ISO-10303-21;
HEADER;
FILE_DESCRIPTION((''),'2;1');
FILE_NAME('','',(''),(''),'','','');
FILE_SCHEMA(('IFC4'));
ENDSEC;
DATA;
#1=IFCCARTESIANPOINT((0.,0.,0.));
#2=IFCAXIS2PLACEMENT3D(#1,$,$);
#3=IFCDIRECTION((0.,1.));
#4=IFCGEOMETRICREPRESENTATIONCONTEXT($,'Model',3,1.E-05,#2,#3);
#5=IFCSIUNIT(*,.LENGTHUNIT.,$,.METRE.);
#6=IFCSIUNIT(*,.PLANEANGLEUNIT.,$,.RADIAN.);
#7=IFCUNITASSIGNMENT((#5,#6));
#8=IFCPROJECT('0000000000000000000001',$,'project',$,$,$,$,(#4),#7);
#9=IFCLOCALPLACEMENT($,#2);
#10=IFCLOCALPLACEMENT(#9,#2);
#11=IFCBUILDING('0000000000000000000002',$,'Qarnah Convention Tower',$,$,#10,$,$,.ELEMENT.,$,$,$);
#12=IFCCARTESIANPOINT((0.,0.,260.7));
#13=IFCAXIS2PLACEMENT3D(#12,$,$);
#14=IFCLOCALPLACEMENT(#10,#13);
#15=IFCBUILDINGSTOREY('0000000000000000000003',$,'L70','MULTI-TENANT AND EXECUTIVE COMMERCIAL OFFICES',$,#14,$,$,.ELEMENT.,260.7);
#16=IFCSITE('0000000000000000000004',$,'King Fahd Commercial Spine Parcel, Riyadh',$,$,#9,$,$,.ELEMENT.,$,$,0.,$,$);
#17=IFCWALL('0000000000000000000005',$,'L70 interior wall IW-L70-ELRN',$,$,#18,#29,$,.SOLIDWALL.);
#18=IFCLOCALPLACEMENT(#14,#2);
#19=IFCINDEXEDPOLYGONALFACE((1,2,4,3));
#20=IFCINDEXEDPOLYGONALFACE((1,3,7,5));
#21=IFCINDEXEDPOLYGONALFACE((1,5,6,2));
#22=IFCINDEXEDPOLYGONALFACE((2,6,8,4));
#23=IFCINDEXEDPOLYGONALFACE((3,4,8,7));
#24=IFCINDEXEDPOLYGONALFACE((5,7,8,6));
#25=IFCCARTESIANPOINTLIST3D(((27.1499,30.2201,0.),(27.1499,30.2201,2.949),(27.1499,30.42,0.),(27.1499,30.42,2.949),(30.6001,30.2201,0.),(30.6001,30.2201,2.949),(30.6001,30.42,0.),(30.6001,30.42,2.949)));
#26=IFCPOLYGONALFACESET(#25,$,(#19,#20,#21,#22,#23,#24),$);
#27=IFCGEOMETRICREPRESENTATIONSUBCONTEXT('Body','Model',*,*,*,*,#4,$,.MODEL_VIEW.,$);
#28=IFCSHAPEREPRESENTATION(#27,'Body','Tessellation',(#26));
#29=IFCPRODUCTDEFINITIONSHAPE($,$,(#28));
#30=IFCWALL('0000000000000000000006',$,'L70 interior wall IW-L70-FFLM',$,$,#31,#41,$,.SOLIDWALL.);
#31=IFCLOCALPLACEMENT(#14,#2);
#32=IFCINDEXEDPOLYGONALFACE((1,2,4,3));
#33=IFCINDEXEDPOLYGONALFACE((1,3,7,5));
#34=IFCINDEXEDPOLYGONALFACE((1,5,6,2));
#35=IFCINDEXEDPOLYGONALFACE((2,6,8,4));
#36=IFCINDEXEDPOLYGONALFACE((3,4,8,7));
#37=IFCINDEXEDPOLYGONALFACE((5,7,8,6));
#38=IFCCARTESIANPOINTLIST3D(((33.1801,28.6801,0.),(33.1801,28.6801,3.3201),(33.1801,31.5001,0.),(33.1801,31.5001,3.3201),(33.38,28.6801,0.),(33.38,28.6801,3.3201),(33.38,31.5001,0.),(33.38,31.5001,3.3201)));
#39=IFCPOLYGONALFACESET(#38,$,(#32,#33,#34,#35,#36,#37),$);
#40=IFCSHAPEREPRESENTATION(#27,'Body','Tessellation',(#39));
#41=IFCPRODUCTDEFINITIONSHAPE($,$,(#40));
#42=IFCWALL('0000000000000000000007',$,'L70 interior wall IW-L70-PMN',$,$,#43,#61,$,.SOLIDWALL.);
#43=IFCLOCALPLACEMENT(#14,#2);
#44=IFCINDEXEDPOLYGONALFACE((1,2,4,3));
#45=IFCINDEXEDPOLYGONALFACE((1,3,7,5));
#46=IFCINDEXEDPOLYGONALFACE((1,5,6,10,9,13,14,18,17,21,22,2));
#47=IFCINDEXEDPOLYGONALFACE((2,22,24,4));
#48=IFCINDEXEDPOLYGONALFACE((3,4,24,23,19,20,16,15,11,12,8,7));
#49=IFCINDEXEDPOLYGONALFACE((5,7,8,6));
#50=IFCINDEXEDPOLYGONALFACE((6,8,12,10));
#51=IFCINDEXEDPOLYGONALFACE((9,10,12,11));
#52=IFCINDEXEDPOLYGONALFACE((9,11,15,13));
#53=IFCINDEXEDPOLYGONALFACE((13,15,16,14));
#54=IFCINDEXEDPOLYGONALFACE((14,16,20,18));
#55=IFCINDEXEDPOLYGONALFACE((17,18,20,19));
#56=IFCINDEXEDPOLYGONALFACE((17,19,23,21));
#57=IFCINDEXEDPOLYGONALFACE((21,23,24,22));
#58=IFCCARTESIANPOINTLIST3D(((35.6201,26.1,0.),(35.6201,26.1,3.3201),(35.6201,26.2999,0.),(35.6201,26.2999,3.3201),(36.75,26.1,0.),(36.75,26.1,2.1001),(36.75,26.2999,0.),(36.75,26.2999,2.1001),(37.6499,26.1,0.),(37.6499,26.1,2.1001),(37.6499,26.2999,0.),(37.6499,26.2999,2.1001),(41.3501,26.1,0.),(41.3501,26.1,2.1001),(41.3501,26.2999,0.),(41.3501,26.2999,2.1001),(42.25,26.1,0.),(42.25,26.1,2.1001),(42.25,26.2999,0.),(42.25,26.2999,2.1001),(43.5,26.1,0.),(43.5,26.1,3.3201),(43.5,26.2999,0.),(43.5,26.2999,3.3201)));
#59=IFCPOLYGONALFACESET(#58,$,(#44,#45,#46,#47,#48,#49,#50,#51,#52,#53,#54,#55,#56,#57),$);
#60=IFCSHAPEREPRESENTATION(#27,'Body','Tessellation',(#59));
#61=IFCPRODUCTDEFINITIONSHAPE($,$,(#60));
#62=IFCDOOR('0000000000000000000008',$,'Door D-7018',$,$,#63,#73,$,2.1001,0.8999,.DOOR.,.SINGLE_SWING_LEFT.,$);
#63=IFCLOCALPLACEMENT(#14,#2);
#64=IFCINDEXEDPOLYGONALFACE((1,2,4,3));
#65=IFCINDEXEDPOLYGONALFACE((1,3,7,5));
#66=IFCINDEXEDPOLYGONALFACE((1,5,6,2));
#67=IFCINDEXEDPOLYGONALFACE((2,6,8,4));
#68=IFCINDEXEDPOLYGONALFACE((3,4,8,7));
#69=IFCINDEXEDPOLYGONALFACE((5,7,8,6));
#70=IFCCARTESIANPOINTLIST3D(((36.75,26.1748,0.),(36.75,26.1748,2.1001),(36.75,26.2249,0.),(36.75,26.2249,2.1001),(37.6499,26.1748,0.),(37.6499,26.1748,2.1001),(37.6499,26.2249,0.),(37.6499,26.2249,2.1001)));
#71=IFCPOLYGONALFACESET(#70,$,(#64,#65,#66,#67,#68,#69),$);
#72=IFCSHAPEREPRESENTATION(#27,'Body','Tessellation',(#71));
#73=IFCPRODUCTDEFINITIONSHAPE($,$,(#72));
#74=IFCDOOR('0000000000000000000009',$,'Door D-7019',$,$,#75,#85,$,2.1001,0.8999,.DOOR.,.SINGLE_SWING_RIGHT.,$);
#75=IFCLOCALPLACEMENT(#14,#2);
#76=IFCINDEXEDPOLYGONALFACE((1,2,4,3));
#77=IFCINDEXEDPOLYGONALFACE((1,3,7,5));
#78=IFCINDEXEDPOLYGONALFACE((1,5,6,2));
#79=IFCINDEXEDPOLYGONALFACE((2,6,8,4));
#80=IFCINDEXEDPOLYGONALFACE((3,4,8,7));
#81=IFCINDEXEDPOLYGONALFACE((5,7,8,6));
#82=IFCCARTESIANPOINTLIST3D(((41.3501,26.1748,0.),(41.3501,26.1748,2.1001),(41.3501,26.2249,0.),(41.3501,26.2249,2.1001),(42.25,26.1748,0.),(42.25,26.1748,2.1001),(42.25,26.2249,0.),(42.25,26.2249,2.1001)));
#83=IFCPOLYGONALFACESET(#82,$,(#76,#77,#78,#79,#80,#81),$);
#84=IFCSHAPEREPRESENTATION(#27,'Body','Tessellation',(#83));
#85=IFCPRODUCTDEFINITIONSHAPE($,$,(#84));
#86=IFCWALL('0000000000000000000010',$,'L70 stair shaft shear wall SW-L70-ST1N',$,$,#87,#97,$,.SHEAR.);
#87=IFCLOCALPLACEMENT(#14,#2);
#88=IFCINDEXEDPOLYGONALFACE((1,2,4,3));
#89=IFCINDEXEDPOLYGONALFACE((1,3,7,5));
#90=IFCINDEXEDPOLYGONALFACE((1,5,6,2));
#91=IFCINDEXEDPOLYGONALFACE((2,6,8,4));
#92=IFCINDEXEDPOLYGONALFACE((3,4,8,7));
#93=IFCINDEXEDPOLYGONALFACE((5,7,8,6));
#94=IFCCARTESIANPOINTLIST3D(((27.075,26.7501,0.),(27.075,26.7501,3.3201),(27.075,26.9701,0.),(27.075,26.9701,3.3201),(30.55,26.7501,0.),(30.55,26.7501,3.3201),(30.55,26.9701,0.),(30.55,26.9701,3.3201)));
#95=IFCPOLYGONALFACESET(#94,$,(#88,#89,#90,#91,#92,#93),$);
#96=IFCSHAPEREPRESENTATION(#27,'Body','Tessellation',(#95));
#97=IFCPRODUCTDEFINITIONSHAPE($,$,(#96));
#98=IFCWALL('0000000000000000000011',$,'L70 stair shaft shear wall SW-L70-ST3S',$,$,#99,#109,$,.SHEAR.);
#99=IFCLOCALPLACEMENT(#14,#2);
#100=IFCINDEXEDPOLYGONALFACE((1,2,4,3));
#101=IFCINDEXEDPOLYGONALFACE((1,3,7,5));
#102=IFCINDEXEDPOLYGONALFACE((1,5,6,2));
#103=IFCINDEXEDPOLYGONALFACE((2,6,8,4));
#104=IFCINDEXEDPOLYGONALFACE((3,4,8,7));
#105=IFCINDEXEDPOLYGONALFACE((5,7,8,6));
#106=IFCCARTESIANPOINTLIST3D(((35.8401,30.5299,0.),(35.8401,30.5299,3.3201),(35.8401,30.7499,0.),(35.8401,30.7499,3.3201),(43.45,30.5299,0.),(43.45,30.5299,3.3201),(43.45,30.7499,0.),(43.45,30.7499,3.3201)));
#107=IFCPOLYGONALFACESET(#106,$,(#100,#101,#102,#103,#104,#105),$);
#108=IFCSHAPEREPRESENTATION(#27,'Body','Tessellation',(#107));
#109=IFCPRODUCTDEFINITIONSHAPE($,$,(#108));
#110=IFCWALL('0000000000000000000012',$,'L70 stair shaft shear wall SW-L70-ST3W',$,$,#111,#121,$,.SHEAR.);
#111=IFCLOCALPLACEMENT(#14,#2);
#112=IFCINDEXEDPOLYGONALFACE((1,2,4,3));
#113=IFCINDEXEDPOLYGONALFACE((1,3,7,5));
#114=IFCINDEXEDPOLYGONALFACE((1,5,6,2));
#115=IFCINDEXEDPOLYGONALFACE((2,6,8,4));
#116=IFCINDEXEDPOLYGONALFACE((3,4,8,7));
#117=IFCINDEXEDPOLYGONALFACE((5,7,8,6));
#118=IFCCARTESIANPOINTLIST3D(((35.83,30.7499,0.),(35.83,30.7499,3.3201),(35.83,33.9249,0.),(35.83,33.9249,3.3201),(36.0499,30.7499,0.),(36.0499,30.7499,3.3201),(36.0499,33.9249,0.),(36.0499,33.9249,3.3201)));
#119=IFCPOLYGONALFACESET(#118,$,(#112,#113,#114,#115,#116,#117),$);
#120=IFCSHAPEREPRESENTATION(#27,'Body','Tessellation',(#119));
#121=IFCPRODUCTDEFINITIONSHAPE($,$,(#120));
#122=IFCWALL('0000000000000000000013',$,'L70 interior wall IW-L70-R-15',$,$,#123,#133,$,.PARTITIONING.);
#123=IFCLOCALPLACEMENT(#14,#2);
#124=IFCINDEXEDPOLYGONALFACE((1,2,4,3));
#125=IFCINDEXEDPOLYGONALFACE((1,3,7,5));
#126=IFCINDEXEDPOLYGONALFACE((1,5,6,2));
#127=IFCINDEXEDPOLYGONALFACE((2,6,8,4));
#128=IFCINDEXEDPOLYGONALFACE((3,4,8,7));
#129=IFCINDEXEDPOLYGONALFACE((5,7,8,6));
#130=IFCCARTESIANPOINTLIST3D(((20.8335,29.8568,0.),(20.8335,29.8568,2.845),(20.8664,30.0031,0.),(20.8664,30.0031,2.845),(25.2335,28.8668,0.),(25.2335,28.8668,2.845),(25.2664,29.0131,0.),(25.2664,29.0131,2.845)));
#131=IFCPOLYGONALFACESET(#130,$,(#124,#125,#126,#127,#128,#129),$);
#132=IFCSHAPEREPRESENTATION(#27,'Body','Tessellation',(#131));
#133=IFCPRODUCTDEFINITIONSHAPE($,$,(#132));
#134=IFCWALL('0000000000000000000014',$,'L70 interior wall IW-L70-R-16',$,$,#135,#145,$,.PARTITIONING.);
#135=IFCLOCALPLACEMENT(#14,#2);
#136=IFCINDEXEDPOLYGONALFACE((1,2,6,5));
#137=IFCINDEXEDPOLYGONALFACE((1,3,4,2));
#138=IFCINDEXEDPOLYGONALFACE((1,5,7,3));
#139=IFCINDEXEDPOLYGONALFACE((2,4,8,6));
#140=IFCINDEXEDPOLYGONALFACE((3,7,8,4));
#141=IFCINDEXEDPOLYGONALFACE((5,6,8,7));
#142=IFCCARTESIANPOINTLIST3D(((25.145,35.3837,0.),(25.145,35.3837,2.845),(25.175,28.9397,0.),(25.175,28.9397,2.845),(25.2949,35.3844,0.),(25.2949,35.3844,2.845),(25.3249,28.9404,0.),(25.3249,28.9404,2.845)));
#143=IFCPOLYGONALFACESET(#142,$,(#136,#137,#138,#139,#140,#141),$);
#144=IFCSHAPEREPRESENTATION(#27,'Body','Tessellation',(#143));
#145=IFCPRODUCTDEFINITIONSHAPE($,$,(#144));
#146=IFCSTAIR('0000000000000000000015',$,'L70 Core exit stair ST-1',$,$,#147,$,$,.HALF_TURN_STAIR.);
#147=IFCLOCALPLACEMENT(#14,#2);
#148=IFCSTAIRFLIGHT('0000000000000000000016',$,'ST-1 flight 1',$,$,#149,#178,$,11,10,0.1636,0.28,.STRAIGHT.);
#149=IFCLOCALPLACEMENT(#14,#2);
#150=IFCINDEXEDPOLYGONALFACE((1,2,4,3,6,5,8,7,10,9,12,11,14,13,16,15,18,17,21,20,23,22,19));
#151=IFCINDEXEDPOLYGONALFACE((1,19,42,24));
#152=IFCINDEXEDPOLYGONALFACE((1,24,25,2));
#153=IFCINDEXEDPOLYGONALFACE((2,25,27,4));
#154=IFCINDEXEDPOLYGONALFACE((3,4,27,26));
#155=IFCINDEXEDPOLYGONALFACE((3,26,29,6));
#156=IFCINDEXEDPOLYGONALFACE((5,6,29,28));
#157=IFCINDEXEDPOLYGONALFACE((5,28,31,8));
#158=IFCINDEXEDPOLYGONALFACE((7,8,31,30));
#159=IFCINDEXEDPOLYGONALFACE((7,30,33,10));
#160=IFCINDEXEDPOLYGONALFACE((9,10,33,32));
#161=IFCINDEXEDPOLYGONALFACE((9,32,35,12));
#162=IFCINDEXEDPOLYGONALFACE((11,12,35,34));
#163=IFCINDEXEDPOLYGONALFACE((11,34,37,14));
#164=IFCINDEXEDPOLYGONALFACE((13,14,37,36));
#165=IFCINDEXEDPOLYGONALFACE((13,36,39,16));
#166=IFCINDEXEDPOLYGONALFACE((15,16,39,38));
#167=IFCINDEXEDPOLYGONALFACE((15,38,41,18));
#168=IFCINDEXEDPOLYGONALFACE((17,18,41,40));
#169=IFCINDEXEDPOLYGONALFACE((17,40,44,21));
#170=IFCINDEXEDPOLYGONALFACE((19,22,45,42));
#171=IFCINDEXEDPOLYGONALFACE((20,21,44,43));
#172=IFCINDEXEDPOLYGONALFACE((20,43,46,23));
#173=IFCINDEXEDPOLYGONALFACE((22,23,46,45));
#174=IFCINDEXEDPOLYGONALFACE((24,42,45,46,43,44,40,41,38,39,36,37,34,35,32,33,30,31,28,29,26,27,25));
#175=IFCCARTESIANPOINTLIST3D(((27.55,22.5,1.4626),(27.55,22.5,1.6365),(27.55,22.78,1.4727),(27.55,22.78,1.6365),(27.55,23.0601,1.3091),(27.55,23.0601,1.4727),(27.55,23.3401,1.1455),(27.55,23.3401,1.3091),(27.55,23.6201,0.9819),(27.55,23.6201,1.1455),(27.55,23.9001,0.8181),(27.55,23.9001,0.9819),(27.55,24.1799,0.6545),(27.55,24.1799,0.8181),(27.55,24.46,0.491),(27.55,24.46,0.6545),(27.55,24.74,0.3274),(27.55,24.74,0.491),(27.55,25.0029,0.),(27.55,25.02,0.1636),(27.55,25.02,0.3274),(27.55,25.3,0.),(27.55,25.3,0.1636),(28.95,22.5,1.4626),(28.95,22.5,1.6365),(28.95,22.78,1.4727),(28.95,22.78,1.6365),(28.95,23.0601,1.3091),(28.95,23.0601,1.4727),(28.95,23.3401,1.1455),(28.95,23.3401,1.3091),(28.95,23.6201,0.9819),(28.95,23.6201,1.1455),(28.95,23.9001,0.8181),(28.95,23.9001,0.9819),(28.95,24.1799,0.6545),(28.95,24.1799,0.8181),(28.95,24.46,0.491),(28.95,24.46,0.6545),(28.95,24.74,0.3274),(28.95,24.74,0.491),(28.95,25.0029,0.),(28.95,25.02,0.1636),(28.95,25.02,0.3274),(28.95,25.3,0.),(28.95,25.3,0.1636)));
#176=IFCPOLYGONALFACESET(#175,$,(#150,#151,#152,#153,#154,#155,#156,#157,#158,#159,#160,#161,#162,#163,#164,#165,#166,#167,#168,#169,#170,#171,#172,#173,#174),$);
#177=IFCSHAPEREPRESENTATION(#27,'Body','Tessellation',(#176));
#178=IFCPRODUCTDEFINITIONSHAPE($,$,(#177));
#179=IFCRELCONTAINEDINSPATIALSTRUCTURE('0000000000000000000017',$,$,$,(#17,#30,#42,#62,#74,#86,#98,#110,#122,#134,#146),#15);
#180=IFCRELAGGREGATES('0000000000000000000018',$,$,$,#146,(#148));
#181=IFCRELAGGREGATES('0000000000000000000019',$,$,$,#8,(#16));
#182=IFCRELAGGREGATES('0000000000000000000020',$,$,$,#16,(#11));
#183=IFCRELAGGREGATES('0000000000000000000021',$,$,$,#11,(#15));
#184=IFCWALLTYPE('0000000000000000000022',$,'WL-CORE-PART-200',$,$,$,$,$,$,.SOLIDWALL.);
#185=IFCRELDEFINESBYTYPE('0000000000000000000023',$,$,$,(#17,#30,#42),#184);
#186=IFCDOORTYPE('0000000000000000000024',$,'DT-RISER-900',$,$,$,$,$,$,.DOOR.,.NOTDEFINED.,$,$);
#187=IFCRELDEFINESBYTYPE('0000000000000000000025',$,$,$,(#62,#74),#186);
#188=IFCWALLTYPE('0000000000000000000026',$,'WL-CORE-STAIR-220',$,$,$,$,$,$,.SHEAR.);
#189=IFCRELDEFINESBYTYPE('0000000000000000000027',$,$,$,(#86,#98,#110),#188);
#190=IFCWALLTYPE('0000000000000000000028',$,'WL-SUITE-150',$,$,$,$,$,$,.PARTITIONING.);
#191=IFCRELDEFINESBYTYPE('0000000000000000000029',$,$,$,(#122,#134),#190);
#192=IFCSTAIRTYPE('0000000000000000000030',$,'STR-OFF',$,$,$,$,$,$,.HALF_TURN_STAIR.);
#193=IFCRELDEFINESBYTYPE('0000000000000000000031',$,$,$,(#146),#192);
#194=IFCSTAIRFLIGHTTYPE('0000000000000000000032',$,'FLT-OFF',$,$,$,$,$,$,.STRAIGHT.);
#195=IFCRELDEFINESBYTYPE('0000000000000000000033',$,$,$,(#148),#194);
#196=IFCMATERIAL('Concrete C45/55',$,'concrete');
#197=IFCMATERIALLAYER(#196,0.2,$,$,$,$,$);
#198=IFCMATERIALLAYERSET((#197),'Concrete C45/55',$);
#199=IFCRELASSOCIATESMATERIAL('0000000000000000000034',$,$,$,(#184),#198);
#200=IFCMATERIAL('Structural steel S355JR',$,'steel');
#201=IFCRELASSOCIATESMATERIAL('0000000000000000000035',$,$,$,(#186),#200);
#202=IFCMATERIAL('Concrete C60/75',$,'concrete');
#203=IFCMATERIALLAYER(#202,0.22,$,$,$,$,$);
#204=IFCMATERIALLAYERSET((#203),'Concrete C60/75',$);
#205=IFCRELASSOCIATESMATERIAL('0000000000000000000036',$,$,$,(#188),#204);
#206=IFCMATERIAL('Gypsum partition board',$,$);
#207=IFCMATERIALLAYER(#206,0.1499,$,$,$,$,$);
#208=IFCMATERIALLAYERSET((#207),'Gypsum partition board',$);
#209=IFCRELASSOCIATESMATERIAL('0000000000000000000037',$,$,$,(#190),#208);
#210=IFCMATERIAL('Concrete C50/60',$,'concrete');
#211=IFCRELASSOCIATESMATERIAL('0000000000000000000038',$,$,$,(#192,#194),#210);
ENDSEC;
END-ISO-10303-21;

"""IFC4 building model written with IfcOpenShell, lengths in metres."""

from ifc_helpers import new_model, si_unit, direction, frame, frame_2d, origin, place, context, subcontext, project, spatial, polyline, rectangle, outline, extrude, material, layer, layer_set, type_object, element, fill, aggregate, save


model = new_model("IFC4")

# Units and contexts
model_context = context("Model", 3, precision=1e-05, world=origin(), true_north=direction((0.0, 1.0)))
body_context = subcontext(model_context, "Body", "Model", "MODEL_VIEW")
ifc_project = project(units=[si_unit("LENGTHUNIT", "METRE"), si_unit("PLANEANGLEUNIT", "RADIAN")], contexts=[model_context])

# Site, building, storey
site_placement = place(None, origin())
site = spatial("IfcSite", under=ifc_project, at=site_placement, Name="King Fahd Commercial Spine Parcel, Riyadh", CompositionType="ELEMENT", RefElevation=0.0)
building_placement = place(site_placement, origin())
building = spatial("IfcBuilding", under=site, at=building_placement, Name="Qarnah Convention Tower", CompositionType="ELEMENT")
storey_placement = place(building_placement, frame((0.0, 0.0, 260.7)))
storey = spatial("IfcBuildingStorey", under=building, at=storey_placement, Name="L70", Description="MULTI-TENANT AND EXECUTIVE COMMERCIAL OFFICES", CompositionType="ELEMENT", Elevation=260.7)

# Shared definitions
ifc_material_1 = material(Name="Concrete C50/60", Category="concrete")

# Shared definitions
ifc_material_2 = material(Name="Structural steel S355JR", Category="steel")

# Wall
ifc_material_3 = material(Name="Concrete C45/55", Category="concrete")
ifc_layer_1 = layer(ifc_material_3, 0.2)
ifc_layer_set_1 = layer_set([ifc_layer_1], Name="Concrete C45/55")
wall_type_1 = type_object("IfcWallType", Name="WL-CORE-PART-200", PredefinedType="SOLIDWALL", material=ifc_layer_set_1)
wall_1_placement = place(storey_placement, frame((27.1499, 30.3201, 0.0), z_axis=(0.0, 0.0, 1.0), x_axis=(1.0, 0.0, 0.0)))
element("IfcWall", 1, at=wall_1_placement, inside=storey, type_object=wall_type_1, Name="L70 interior wall IW-L70-ELRN", PredefinedType="SOLIDWALL", context=body_context, shape_type="SweptSolid", body=[
    extrude(rectangle(XDim=3.4502, YDim=0.2, at=frame_2d((1.7251, 0.0))), origin(), (0.0, 0.0, 1.0), 2.949),
])

# Wall
wall_2_placement = place(storey_placement, frame((33.28, 28.6799, 0.0), z_axis=(0.0, 0.0, 1.0), x_axis=(0.0, 1.0, 0.0)))
element("IfcWall", 2, at=wall_2_placement, inside=storey, type_object=wall_type_1, Name="L70 interior wall IW-L70-FFLM", PredefinedType="SOLIDWALL", context=body_context, shape_type="SweptSolid", body=[
    extrude(rectangle(XDim=2.8201, YDim=0.2, at=frame_2d((1.4102, 0.0))), origin(), (0.0, 0.0, 1.0), 3.3201),
])

# Wall, openings, doors
wall_3_placement = place(storey_placement, frame((35.6201, 26.2, 0.0), z_axis=(0.0, 0.0, 1.0), x_axis=(1.0, 0.0, 0.0)))
wall_3 = element("IfcWall", 3, at=wall_3_placement, inside=storey, type_object=wall_type_1, Name="L70 interior wall IW-L70-PMN", PredefinedType="SOLIDWALL", context=body_context, shape_type="SweptSolid", body=[
    extrude(rectangle(XDim=7.8799, YDim=0.2, at=frame_2d((3.9399, 0.0))), origin(), (0.0, 0.0, 1.0), 3.3201),
])
opening_1_placement = place(wall_3_placement, frame((1.1299, 0.0, 0.0)))
opening_1 = element("IfcOpeningElement", 4, at=opening_1_placement, cuts=wall_3, PredefinedType="OPENING", context=body_context, shape_type="SweptSolid", body=[
    extrude(rectangle(XDim=0.8999, YDim=2.1001, at=frame_2d((0.45, 1.05))), frame((0.0, 0.1099, 0.0), z_axis=(0.0, -1.0, 0.0), x_axis=(1.0, 0.0, 0.0)), (0.0, 0.0, 1.0), 0.22),
])
opening_2_placement = place(wall_3_placement, frame((5.73, 0.0, 0.0)))
opening_2 = element("IfcOpeningElement", 5, at=opening_2_placement, cuts=wall_3, PredefinedType="OPENING", context=body_context, shape_type="SweptSolid", body=[
    extrude(rectangle(XDim=0.8999, YDim=2.1001, at=frame_2d((0.45, 1.05))), frame((0.0, 0.1099, 0.0), z_axis=(0.0, -1.0, 0.0), x_axis=(1.0, 0.0, 0.0)), (0.0, 0.0, 1.0), 0.22),
])
door_type_1 = type_object("IfcDoorType", Name="DT-RISER-900", OperationType="NOTDEFINED", PredefinedType="DOOR", material=ifc_material_2)
door_1_placement = place(opening_1_placement, origin())
door_1 = element("IfcDoor", 6, at=door_1_placement, inside=storey, type_object=door_type_1, Name="Door D-7018", OperationType="SINGLE_SWING_LEFT", OverallHeight=2.1001, OverallWidth=0.8999, PredefinedType="DOOR", context=body_context, shape_type="SweptSolid", body=[
    extrude(rectangle(XDim=0.8999, YDim=2.1001, at=frame_2d((0.45, 1.05))), frame((0.0, 0.0249, 0.0), z_axis=(0.0, -1.0, 0.0), x_axis=(1.0, 0.0, 0.0)), (0.0, 0.0, 1.0), 0.05),
])
fill(opening_1, door_1)
door_2_placement = place(opening_2_placement, origin())
door_2 = element("IfcDoor", 7, at=door_2_placement, inside=storey, type_object=door_type_1, Name="Door D-7019", OperationType="SINGLE_SWING_RIGHT", OverallHeight=2.1001, OverallWidth=0.8999, PredefinedType="DOOR", context=body_context, shape_type="SweptSolid", body=[
    extrude(rectangle(XDim=0.8999, YDim=2.1001, at=frame_2d((0.45, 1.05))), frame((0.0, 0.0249, 0.0), z_axis=(0.0, -1.0, 0.0), x_axis=(1.0, 0.0, 0.0)), (0.0, 0.0, 1.0), 0.05),
])
fill(opening_2, door_2)

# Walls
ifc_material_4 = material(Name="Concrete C60/75", Category="concrete")
ifc_layer_2 = layer(ifc_material_4, 0.22)
ifc_layer_set_2 = layer_set([ifc_layer_2], Name="Concrete C60/75")
wall_type_2 = type_object("IfcWallType", Name="WL-CORE-STAIR-220", PredefinedType="SHEAR", material=ifc_layer_set_2)
wall_4_placement = place(storey_placement, frame((27.075, 26.8601, 0.0), z_axis=(0.0, 0.0, 1.0), x_axis=(1.0, 0.0, 0.0)))
element("IfcWall", 8, at=wall_4_placement, inside=storey, type_object=wall_type_2, Name="L70 stair shaft shear wall SW-L70-ST1N", PredefinedType="SHEAR", context=body_context, shape_type="SweptSolid", body=[
    extrude(rectangle(XDim=3.4751, YDim=0.22, at=frame_2d((1.7375, 0.0))), origin(), (0.0, 0.0, 1.0), 3.3201),
])
wall_5_placement = place(storey_placement, frame((35.8401, 30.6399, 0.0), z_axis=(0.0, 0.0, 1.0), x_axis=(1.0, 0.0, 0.0)))
element("IfcWall", 9, at=wall_5_placement, inside=storey, type_object=wall_type_2, Name="L70 stair shaft shear wall SW-L70-ST3S", PredefinedType="SHEAR", context=body_context, shape_type="SweptSolid", body=[
    extrude(rectangle(XDim=7.6099, YDim=0.22, at=frame_2d((3.8049, 0.0))), origin(), (0.0, 0.0, 1.0), 3.3201),
])
wall_6_placement = place(storey_placement, frame((35.9399, 30.75, 0.0), z_axis=(0.0, 0.0, 1.0), x_axis=(0.0, 1.0, 0.0)))
element("IfcWall", 10, at=wall_6_placement, inside=storey, type_object=wall_type_2, Name="L70 stair shaft shear wall SW-L70-ST3W", PredefinedType="SHEAR", context=body_context, shape_type="SweptSolid", body=[
    extrude(rectangle(XDim=3.175, YDim=0.22, at=frame_2d((1.5874, 0.0))), origin(), (0.0, 0.0, 1.0), 3.3201),
])
ifc_material_5 = material(Name="Gypsum partition board")
ifc_layer_3 = layer(ifc_material_5, 0.1499)
ifc_layer_set_3 = layer_set([ifc_layer_3], Name="Gypsum partition board")
wall_type_3 = type_object("IfcWallType", Name="WL-SUITE-150", PredefinedType="PARTITIONING", material=ifc_layer_set_3)
wall_7_placement = place(storey_placement, frame((20.8501, 29.9299, 0.0), z_axis=(0.0, 0.0, 1.0), x_axis=(0.975609, -0.219515, 0.0)))
element("IfcWall", 11, at=wall_7_placement, inside=storey, type_object=wall_type_3, Name="L70 interior wall IW-L70-R-15", PredefinedType="PARTITIONING", context=body_context, shape_type="SweptSolid", body=[
    extrude(rectangle(XDim=4.51, YDim=0.1499, at=frame_2d((2.2549, 0.0))), origin(), (0.0, 0.0, 1.0), 2.845),
])
wall_8_placement = place(storey_placement, frame((25.25, 28.9399, 0.0), z_axis=(0.0, 0.0, 1.0), x_axis=(-0.00466, 0.999989, 0.0)))
element("IfcWall", 12, at=wall_8_placement, inside=storey, type_object=wall_type_3, Name="L70 interior wall IW-L70-R-16", PredefinedType="PARTITIONING", context=body_context, shape_type="SweptSolid", body=[
    extrude(rectangle(XDim=6.4441, YDim=0.1499, at=frame_2d((3.2222, 0.0))), origin(), (0.0, 0.0, 1.0), 2.845),
])

# Stair, stair flight
stair_type = type_object("IfcStairType", Name="STR-OFF", PredefinedType="HALF_TURN_STAIR", material=ifc_material_1)
stair_1_placement = place(storey_placement, origin())
stair_1 = element("IfcStair", 13, at=stair_1_placement, inside=storey, type_object=stair_type, Name="L70 Core exit stair ST-1", PredefinedType="HALF_TURN_STAIR")
stair_flight_type = type_object("IfcStairFlightType", Name="FLT-OFF", PredefinedType="STRAIGHT", material=ifc_material_1)
stair_flight_1_placement = place(storey_placement, frame((28.25, 25.3, 0.0), z_axis=(0.0, 0.0, 1.0), x_axis=(0.0, -1.0, 0.0)))
stair_flight_1 = element("IfcStairFlight", 14, at=stair_flight_1_placement, type_object=stair_flight_type, Name="ST-1 flight 1", NumberOfRisers=11, NumberOfTreads=10, PredefinedType="STRAIGHT", RiserHeight=0.1636, TreadLength=0.28, context=body_context, shape_type="SweptSolid", body=[
    extrude(outline(polyline([(0.0, 0.0), (0.0, 0.1636), (0.28, 0.1636), (0.28, 0.3274), (0.5601, 0.3274), (0.5601, 0.491), (0.8401, 0.491), (0.8401, 0.6545), (1.1201, 0.6545), (1.1201, 0.8181), (1.3999, 0.8181), (1.3999, 0.9819), (1.6799, 0.9819), (1.6799, 1.1455), (1.96, 1.1455), (1.96, 1.3091), (2.24, 1.3091), (2.24, 1.4727), (2.52, 1.4727), (2.52, 1.6365), (2.8, 1.6365), (2.8, 1.8), (2.8, 1.4626), (0.2971, 0.0), (0.0, 0.0)])), frame((0.0, 0.7, 0.0), z_axis=(0.0, -1.0, 0.0), x_axis=(1.0, 0.0, 0.0)), (0.0, 0.0, 1.0), 1.3999),
])
aggregate(stair_1, [stair_flight_1])

save(model, "model.ifc")
